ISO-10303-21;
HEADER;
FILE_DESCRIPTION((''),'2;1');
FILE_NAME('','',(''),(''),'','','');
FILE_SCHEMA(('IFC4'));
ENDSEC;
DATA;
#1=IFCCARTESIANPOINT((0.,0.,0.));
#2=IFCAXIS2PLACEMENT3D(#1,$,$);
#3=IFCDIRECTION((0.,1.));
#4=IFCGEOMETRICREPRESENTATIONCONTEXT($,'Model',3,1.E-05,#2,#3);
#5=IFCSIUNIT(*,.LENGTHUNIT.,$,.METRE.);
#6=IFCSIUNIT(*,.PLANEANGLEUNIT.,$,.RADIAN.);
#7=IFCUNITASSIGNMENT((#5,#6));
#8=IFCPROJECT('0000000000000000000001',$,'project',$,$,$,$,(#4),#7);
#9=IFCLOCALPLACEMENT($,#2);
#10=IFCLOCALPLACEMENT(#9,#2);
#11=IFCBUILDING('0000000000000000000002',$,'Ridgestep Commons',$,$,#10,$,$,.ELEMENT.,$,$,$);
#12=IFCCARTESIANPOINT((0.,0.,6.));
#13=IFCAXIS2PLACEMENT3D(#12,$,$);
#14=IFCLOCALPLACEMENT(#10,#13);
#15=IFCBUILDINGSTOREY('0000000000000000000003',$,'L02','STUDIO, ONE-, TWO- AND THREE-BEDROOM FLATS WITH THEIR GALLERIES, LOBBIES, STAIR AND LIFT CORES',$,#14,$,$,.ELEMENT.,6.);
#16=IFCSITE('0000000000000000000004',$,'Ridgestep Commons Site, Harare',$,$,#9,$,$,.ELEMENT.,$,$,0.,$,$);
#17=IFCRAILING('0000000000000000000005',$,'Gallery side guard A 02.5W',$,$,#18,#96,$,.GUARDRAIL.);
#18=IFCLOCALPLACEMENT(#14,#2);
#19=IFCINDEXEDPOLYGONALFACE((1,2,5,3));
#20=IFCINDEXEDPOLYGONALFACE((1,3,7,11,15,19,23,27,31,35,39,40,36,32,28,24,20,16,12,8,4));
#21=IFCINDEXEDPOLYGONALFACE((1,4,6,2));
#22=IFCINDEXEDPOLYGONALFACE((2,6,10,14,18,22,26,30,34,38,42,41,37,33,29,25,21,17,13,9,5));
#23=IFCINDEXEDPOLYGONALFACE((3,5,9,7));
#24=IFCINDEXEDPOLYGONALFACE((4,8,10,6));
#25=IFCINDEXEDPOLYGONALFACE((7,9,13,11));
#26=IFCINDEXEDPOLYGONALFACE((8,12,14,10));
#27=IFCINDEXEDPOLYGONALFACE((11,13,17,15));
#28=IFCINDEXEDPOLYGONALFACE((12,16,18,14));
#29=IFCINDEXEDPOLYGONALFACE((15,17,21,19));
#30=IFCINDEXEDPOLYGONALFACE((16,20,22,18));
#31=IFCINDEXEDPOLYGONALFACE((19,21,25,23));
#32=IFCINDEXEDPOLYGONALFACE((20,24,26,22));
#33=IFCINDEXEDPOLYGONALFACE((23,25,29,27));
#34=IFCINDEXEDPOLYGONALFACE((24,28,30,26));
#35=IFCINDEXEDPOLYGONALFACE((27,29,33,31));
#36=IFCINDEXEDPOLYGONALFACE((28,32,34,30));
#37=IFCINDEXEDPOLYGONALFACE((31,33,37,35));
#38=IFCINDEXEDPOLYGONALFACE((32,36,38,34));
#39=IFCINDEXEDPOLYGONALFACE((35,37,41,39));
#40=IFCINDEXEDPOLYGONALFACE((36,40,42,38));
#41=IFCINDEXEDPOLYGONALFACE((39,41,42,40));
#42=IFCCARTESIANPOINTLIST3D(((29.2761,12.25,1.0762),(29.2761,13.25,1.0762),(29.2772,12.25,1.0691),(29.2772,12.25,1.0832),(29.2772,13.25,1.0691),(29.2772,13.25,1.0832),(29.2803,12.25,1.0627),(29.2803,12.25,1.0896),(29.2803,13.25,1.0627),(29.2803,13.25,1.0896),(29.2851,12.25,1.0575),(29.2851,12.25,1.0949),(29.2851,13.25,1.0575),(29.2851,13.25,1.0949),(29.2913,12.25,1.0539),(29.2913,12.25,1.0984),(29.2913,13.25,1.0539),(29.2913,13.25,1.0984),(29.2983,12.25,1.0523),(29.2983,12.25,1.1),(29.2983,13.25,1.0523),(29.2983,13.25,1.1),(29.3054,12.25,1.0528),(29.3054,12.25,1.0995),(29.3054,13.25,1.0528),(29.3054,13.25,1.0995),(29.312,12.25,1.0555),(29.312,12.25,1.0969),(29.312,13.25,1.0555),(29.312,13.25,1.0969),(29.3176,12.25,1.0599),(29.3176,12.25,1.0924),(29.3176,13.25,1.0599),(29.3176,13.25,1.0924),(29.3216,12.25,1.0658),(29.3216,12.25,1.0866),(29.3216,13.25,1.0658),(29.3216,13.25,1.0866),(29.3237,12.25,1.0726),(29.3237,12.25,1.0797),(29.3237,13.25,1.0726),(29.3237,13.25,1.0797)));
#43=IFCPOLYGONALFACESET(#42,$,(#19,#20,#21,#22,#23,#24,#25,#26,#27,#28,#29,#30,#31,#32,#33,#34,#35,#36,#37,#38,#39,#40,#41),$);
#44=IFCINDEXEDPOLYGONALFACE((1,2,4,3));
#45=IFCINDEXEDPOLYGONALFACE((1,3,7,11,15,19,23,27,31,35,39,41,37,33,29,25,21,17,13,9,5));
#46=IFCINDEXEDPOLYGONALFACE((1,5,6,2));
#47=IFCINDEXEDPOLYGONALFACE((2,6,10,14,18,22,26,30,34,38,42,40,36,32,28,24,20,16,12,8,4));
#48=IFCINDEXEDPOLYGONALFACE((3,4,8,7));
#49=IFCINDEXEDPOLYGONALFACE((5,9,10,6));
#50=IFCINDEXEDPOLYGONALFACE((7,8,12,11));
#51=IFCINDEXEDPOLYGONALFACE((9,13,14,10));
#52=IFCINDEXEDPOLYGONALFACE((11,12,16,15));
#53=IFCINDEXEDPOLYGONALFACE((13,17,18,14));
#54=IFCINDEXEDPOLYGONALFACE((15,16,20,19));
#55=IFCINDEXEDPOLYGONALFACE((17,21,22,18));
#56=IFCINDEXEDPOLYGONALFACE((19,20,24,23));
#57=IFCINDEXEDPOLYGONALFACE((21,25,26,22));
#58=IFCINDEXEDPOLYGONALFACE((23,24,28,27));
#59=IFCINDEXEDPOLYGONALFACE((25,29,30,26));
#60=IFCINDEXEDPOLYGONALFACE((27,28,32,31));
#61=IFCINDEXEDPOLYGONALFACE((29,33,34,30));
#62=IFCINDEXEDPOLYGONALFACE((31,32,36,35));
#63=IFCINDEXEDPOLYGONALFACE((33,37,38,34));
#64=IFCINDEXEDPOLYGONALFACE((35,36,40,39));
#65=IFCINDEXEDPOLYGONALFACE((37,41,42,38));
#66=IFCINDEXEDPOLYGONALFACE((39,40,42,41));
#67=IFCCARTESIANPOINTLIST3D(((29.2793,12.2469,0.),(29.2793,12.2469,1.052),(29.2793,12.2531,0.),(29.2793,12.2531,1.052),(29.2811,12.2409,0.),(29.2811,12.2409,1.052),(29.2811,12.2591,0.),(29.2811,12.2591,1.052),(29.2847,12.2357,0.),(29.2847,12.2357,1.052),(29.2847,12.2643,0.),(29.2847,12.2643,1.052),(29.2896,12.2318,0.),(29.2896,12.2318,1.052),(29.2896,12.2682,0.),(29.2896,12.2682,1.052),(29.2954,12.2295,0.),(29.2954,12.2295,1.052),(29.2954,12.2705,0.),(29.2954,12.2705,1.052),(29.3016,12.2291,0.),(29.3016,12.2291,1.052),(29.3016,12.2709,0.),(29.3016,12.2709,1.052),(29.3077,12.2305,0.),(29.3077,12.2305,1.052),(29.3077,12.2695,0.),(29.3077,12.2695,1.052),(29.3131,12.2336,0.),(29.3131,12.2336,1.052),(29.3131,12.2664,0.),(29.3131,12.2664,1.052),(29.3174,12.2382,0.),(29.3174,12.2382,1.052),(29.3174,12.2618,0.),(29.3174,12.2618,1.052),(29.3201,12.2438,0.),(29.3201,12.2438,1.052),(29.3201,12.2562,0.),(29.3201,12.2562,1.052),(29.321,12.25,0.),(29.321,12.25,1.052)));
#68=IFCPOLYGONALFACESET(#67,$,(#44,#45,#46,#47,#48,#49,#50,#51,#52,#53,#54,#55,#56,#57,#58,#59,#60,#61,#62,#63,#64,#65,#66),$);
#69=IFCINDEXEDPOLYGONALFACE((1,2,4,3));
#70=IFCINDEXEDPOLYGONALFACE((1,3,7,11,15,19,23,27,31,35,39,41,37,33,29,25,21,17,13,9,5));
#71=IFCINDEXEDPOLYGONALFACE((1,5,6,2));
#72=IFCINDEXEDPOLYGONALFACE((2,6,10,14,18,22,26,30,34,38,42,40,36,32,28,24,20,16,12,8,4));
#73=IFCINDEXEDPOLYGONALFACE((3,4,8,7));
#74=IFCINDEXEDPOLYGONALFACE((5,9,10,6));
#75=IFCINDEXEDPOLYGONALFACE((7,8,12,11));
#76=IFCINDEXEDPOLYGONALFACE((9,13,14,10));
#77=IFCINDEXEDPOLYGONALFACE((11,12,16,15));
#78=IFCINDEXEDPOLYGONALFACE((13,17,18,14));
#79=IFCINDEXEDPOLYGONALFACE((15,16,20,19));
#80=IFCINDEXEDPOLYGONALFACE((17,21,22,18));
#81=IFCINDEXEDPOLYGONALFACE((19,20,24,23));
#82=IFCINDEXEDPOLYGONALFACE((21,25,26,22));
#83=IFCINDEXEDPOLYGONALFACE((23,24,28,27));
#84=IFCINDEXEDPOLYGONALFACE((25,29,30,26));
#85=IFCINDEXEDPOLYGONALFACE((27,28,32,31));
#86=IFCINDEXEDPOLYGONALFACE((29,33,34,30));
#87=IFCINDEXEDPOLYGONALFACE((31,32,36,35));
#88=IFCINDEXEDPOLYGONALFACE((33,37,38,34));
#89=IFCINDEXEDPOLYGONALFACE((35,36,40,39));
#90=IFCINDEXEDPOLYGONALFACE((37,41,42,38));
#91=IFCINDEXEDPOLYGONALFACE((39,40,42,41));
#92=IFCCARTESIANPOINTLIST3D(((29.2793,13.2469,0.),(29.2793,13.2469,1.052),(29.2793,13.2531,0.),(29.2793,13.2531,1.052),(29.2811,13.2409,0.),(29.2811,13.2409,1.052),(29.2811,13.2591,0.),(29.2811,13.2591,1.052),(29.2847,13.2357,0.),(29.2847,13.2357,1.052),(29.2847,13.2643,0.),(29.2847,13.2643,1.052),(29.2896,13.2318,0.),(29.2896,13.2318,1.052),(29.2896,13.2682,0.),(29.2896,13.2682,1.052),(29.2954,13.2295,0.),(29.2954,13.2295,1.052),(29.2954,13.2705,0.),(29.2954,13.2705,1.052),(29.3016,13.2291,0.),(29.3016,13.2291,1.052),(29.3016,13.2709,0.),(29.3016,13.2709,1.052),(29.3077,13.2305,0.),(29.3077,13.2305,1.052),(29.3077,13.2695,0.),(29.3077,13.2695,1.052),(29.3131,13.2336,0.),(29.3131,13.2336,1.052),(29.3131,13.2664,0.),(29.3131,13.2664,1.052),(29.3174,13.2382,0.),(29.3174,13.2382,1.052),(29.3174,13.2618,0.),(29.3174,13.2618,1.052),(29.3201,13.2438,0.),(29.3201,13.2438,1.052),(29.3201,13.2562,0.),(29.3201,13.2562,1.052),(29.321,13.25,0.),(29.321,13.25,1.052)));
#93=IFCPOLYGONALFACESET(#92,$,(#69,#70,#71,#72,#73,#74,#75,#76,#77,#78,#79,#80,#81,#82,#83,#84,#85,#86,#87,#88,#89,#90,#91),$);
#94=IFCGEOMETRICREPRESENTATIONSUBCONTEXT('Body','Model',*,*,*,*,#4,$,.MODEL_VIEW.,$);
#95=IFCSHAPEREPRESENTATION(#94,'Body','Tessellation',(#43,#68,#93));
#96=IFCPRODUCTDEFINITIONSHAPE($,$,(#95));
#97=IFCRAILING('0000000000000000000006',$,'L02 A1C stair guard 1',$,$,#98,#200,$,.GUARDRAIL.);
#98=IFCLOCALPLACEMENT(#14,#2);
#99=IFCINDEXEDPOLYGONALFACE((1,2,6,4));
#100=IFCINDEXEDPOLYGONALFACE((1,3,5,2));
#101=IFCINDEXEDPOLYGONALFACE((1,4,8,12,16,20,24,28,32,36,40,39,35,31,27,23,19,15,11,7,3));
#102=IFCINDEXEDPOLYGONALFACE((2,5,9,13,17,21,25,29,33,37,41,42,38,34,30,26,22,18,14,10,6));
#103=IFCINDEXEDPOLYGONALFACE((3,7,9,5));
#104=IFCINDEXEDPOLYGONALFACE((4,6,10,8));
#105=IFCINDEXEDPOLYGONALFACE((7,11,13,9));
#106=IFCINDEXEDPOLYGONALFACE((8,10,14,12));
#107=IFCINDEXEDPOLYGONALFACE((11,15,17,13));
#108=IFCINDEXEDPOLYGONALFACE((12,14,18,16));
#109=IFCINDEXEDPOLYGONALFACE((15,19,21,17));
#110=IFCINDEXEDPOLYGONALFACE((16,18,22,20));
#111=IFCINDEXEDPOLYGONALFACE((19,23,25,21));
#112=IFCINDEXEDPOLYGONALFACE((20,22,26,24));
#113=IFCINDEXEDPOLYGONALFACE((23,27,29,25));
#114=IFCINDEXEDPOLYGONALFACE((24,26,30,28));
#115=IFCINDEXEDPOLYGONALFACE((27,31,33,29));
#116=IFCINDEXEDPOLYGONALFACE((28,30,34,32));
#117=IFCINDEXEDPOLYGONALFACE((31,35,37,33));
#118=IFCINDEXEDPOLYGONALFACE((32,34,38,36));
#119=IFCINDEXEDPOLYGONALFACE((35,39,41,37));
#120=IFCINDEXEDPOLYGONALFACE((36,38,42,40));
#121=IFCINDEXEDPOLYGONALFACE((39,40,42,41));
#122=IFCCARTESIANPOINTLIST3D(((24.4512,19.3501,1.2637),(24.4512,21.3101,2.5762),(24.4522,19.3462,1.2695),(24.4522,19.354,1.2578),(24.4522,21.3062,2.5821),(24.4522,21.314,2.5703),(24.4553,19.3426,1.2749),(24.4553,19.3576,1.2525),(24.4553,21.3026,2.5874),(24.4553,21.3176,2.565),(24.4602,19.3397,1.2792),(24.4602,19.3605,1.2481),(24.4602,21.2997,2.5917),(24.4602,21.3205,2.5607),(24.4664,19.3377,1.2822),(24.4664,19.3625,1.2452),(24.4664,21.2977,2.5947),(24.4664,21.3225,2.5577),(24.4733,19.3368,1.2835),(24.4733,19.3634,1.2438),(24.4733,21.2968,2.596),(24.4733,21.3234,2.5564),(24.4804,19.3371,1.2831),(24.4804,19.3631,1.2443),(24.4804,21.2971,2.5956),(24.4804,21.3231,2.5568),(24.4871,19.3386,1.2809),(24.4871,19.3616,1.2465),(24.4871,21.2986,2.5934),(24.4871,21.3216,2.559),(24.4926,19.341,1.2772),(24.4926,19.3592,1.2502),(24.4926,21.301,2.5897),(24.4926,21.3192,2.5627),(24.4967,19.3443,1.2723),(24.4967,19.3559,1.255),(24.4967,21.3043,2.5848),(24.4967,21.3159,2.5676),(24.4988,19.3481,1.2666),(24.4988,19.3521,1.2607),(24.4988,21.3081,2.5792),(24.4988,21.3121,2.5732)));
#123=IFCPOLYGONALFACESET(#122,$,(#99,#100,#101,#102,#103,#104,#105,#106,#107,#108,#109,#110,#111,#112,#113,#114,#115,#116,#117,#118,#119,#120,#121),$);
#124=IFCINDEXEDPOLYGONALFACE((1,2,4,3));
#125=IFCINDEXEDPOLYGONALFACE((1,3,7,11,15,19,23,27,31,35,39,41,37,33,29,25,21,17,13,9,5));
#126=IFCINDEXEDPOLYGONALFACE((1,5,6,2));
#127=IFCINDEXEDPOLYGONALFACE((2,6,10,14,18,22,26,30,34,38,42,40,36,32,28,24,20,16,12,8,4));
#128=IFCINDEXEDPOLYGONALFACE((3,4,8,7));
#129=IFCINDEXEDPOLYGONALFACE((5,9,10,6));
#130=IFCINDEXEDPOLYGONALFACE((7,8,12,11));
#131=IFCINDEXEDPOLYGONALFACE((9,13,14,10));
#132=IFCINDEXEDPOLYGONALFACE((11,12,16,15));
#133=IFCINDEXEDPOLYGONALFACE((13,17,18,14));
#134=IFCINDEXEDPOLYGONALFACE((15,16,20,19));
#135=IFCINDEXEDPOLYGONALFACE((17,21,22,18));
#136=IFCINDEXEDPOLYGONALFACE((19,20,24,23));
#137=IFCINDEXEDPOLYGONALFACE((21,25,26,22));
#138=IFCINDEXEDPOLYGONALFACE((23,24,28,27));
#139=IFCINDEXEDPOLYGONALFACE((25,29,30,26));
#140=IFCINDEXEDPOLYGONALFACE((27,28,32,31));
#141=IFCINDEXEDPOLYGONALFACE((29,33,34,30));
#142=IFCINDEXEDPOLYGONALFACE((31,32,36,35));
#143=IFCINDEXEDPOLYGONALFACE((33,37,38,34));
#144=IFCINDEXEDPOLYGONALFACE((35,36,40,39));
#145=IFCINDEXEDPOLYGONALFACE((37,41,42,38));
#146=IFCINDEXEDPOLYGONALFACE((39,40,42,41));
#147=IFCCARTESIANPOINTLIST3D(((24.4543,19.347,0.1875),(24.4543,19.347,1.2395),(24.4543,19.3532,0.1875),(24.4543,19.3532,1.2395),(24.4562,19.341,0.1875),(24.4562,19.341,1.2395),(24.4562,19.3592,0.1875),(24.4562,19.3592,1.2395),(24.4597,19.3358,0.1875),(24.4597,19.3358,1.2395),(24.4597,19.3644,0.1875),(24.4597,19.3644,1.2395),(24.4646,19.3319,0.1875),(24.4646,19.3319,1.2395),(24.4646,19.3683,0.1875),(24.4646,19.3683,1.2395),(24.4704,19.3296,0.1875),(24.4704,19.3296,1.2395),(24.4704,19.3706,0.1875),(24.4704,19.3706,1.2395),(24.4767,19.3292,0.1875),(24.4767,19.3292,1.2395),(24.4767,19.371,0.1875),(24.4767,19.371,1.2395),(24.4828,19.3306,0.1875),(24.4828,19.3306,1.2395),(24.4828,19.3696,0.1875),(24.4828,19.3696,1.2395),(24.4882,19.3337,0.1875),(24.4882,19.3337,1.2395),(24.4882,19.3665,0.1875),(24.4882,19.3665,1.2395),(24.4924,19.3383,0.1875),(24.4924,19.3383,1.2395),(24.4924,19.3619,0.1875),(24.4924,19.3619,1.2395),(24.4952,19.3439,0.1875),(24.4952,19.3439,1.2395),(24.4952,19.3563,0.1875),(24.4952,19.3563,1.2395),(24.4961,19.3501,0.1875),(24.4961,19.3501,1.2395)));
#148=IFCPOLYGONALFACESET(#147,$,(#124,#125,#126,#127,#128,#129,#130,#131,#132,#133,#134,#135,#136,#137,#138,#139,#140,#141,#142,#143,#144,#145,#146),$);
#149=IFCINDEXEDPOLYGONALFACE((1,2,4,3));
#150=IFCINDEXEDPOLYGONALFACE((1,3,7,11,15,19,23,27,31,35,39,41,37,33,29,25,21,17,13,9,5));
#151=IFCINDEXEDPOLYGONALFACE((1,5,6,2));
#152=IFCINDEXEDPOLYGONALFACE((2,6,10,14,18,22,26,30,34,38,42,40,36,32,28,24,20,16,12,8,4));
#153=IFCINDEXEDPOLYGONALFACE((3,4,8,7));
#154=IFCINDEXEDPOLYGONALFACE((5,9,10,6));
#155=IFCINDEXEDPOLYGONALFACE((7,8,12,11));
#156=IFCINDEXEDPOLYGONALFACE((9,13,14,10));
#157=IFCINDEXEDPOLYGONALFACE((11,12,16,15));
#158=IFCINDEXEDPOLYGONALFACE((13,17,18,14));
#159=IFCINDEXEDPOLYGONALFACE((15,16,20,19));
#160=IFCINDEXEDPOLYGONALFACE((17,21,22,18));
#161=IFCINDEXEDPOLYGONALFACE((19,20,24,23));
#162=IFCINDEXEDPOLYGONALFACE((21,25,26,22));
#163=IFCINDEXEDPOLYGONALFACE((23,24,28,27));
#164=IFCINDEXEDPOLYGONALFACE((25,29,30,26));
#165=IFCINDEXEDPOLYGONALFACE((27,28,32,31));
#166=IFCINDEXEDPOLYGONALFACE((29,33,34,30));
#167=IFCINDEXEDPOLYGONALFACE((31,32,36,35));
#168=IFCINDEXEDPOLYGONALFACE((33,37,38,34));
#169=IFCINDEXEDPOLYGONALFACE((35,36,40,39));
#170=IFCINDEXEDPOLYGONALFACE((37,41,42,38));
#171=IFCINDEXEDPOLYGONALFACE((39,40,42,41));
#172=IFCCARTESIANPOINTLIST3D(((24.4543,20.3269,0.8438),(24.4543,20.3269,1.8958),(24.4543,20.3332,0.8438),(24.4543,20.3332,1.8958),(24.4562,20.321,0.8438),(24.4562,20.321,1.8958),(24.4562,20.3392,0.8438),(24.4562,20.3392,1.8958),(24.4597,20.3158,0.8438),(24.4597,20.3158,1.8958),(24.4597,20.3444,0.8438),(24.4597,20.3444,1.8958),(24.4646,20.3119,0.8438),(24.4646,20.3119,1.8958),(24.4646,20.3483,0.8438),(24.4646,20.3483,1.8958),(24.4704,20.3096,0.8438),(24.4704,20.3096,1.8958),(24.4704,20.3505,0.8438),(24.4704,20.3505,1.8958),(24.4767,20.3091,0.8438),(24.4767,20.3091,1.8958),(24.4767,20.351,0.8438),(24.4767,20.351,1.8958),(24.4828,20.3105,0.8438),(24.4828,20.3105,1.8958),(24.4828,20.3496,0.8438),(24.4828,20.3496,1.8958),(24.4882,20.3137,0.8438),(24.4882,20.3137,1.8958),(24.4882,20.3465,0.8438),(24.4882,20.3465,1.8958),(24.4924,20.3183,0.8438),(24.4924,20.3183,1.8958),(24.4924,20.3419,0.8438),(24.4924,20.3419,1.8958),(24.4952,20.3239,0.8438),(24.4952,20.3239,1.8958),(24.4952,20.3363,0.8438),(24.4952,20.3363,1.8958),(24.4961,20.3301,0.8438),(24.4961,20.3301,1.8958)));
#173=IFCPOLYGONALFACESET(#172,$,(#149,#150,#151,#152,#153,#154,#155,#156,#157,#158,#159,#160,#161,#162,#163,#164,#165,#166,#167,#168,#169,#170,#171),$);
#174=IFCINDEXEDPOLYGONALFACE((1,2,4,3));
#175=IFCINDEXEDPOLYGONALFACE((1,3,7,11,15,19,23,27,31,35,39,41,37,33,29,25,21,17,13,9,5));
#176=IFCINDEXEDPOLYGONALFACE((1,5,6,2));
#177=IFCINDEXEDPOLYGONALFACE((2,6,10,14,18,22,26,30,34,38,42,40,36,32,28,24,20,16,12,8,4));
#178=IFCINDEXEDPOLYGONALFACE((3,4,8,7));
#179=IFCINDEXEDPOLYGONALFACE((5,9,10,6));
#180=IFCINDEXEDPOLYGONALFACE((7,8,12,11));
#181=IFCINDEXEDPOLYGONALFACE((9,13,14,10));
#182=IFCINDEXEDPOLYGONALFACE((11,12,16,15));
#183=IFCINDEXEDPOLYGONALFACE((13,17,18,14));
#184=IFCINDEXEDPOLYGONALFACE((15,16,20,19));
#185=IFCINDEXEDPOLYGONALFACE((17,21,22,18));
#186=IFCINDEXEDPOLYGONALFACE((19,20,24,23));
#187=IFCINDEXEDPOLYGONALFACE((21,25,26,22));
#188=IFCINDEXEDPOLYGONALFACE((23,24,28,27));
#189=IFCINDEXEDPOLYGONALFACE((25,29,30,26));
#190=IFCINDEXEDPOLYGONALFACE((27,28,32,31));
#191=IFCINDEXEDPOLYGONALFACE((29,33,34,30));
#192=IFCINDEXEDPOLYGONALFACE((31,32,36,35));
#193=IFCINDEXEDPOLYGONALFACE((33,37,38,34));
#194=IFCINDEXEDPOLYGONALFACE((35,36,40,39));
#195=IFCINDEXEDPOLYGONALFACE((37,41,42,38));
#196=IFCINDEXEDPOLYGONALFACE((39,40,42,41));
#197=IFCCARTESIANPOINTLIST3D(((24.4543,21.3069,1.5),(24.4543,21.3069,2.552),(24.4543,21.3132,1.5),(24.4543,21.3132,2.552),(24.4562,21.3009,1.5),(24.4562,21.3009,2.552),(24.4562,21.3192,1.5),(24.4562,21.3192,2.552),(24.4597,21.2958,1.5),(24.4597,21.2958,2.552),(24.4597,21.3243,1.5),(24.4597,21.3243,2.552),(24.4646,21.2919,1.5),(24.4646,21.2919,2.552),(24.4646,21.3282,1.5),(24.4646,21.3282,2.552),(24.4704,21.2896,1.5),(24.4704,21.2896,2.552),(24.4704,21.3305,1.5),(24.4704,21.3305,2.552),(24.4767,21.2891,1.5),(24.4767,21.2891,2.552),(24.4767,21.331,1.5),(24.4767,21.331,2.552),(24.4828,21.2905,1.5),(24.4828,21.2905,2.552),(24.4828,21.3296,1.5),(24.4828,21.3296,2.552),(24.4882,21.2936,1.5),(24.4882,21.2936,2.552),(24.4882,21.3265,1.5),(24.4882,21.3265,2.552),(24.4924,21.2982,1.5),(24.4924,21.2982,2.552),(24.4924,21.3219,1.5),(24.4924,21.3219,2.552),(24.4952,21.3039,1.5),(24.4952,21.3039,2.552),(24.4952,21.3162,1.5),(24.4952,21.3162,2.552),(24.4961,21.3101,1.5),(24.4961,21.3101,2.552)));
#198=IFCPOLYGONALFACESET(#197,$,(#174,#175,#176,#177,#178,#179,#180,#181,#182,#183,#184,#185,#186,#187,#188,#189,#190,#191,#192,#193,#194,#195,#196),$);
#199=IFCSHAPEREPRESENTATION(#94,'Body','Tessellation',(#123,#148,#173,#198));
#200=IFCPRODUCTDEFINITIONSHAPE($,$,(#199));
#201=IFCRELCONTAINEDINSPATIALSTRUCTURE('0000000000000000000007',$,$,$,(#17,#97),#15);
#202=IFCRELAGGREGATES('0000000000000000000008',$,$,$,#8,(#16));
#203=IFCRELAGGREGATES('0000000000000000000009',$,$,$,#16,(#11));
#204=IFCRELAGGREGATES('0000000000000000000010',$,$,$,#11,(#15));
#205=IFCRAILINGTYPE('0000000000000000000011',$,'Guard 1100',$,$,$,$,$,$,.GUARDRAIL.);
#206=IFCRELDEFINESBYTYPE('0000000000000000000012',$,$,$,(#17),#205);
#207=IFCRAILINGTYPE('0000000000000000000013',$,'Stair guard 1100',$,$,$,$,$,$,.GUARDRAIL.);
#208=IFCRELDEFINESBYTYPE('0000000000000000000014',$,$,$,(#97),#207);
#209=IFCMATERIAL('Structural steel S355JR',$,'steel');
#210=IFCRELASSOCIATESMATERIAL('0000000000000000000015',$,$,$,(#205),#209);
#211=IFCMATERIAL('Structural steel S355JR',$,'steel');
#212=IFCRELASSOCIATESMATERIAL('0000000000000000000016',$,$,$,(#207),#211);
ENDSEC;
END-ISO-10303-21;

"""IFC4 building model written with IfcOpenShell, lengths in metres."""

from ifc_helpers import new_model, si_unit, direction, frame, origin, origin_2d, place, context, subcontext, project, spatial, circle, extrude, material, type_object, element, save


model = new_model("IFC4")

# Units and contexts
model_context = context("Model", 3, precision=1e-05, world=origin(), true_north=direction((0.0, 1.0)))
body_context = subcontext(model_context, "Body", "Model", "MODEL_VIEW")
ifc_project = project(units=[si_unit("LENGTHUNIT", "METRE"), si_unit("PLANEANGLEUNIT", "RADIAN")], contexts=[model_context])

# Site, building, storey
site_placement = place(None, origin())
site = spatial("IfcSite", under=ifc_project, at=site_placement, Name="Ridgestep Commons Site, Harare", CompositionType="ELEMENT", RefElevation=0.0)
building_placement = place(site_placement, origin())
building = spatial("IfcBuilding", under=site, at=building_placement, Name="Ridgestep Commons", CompositionType="ELEMENT")
storey_placement = place(building_placement, frame((0.0, 0.0, 6.0)))
storey = spatial("IfcBuildingStorey", under=building, at=storey_placement, Name="L02", Description="STUDIO, ONE-, TWO- AND THREE-BEDROOM FLATS WITH THEIR GALLERIES, LOBBIES, STAIR AND LIFT CORES", CompositionType="ELEMENT", Elevation=6.0)

# Railings
ifc_material_1 = material(Name="Structural steel S355JR", Category="steel")
railing_type_1 = type_object("IfcRailingType", Name="Guard 1100", PredefinedType="GUARDRAIL", material=ifc_material_1)
railing_1_placement = place(storey_placement, frame((29.3, 12.25, 0.0)))
element("IfcRailing", 1, at=railing_1_placement, inside=storey, type_object=railing_type_1, Name="Gallery side guard A 02.5W", PredefinedType="GUARDRAIL", context=body_context, shape_type="SweptSolid", body=[
    extrude(circle(Radius=0.0239, at=origin_2d()), frame((0.0, 0.0, 1.0762), z_axis=(0.0, 1.0, 0.0), x_axis=(-1.0, 0.0, 0.0)), (0.0, 0.0, 1.0), 1.0),
    extrude(circle(Radius=0.021, at=origin_2d()), origin(), (0.0, 0.0, 1.0), 1.052),
    extrude(circle(Radius=0.021, at=origin_2d()), frame((0.0, 1.0, 0.0)), (0.0, 0.0, 1.0), 1.052),
])
ifc_material_2 = material(Name="Structural steel S355JR", Category="steel")
railing_type_2 = type_object("IfcRailingType", Name="Stair guard 1100", PredefinedType="GUARDRAIL", material=ifc_material_2)
railing_2_placement = place(storey_placement, frame((24.4751, 19.3501, 0.1875)))
element("IfcRailing", 2, at=railing_2_placement, inside=storey, type_object=railing_type_2, Name="L02 A1C stair guard 1", PredefinedType="GUARDRAIL", context=body_context, shape_type="SweptSolid", body=[
    extrude(circle(Radius=0.0239, at=origin_2d()), frame((0.0, 0.0, 1.0762), z_axis=(0.0, 0.830902, 0.556419), x_axis=(-1.0, 0.0, 0.0)), (0.0, 0.0, 1.0), 2.3589),
    extrude(circle(Radius=0.021, at=origin_2d()), origin(), (0.0, 0.0, 1.0), 1.052),
    extrude(circle(Radius=0.021, at=origin_2d()), frame((0.0, 0.98, 0.6562)), (0.0, 0.0, 1.0), 1.052),
    extrude(circle(Radius=0.021, at=origin_2d()), frame((0.0, 1.96, 1.3125)), (0.0, 0.0, 1.0), 1.052),
])

save(model, "model.ifc")
